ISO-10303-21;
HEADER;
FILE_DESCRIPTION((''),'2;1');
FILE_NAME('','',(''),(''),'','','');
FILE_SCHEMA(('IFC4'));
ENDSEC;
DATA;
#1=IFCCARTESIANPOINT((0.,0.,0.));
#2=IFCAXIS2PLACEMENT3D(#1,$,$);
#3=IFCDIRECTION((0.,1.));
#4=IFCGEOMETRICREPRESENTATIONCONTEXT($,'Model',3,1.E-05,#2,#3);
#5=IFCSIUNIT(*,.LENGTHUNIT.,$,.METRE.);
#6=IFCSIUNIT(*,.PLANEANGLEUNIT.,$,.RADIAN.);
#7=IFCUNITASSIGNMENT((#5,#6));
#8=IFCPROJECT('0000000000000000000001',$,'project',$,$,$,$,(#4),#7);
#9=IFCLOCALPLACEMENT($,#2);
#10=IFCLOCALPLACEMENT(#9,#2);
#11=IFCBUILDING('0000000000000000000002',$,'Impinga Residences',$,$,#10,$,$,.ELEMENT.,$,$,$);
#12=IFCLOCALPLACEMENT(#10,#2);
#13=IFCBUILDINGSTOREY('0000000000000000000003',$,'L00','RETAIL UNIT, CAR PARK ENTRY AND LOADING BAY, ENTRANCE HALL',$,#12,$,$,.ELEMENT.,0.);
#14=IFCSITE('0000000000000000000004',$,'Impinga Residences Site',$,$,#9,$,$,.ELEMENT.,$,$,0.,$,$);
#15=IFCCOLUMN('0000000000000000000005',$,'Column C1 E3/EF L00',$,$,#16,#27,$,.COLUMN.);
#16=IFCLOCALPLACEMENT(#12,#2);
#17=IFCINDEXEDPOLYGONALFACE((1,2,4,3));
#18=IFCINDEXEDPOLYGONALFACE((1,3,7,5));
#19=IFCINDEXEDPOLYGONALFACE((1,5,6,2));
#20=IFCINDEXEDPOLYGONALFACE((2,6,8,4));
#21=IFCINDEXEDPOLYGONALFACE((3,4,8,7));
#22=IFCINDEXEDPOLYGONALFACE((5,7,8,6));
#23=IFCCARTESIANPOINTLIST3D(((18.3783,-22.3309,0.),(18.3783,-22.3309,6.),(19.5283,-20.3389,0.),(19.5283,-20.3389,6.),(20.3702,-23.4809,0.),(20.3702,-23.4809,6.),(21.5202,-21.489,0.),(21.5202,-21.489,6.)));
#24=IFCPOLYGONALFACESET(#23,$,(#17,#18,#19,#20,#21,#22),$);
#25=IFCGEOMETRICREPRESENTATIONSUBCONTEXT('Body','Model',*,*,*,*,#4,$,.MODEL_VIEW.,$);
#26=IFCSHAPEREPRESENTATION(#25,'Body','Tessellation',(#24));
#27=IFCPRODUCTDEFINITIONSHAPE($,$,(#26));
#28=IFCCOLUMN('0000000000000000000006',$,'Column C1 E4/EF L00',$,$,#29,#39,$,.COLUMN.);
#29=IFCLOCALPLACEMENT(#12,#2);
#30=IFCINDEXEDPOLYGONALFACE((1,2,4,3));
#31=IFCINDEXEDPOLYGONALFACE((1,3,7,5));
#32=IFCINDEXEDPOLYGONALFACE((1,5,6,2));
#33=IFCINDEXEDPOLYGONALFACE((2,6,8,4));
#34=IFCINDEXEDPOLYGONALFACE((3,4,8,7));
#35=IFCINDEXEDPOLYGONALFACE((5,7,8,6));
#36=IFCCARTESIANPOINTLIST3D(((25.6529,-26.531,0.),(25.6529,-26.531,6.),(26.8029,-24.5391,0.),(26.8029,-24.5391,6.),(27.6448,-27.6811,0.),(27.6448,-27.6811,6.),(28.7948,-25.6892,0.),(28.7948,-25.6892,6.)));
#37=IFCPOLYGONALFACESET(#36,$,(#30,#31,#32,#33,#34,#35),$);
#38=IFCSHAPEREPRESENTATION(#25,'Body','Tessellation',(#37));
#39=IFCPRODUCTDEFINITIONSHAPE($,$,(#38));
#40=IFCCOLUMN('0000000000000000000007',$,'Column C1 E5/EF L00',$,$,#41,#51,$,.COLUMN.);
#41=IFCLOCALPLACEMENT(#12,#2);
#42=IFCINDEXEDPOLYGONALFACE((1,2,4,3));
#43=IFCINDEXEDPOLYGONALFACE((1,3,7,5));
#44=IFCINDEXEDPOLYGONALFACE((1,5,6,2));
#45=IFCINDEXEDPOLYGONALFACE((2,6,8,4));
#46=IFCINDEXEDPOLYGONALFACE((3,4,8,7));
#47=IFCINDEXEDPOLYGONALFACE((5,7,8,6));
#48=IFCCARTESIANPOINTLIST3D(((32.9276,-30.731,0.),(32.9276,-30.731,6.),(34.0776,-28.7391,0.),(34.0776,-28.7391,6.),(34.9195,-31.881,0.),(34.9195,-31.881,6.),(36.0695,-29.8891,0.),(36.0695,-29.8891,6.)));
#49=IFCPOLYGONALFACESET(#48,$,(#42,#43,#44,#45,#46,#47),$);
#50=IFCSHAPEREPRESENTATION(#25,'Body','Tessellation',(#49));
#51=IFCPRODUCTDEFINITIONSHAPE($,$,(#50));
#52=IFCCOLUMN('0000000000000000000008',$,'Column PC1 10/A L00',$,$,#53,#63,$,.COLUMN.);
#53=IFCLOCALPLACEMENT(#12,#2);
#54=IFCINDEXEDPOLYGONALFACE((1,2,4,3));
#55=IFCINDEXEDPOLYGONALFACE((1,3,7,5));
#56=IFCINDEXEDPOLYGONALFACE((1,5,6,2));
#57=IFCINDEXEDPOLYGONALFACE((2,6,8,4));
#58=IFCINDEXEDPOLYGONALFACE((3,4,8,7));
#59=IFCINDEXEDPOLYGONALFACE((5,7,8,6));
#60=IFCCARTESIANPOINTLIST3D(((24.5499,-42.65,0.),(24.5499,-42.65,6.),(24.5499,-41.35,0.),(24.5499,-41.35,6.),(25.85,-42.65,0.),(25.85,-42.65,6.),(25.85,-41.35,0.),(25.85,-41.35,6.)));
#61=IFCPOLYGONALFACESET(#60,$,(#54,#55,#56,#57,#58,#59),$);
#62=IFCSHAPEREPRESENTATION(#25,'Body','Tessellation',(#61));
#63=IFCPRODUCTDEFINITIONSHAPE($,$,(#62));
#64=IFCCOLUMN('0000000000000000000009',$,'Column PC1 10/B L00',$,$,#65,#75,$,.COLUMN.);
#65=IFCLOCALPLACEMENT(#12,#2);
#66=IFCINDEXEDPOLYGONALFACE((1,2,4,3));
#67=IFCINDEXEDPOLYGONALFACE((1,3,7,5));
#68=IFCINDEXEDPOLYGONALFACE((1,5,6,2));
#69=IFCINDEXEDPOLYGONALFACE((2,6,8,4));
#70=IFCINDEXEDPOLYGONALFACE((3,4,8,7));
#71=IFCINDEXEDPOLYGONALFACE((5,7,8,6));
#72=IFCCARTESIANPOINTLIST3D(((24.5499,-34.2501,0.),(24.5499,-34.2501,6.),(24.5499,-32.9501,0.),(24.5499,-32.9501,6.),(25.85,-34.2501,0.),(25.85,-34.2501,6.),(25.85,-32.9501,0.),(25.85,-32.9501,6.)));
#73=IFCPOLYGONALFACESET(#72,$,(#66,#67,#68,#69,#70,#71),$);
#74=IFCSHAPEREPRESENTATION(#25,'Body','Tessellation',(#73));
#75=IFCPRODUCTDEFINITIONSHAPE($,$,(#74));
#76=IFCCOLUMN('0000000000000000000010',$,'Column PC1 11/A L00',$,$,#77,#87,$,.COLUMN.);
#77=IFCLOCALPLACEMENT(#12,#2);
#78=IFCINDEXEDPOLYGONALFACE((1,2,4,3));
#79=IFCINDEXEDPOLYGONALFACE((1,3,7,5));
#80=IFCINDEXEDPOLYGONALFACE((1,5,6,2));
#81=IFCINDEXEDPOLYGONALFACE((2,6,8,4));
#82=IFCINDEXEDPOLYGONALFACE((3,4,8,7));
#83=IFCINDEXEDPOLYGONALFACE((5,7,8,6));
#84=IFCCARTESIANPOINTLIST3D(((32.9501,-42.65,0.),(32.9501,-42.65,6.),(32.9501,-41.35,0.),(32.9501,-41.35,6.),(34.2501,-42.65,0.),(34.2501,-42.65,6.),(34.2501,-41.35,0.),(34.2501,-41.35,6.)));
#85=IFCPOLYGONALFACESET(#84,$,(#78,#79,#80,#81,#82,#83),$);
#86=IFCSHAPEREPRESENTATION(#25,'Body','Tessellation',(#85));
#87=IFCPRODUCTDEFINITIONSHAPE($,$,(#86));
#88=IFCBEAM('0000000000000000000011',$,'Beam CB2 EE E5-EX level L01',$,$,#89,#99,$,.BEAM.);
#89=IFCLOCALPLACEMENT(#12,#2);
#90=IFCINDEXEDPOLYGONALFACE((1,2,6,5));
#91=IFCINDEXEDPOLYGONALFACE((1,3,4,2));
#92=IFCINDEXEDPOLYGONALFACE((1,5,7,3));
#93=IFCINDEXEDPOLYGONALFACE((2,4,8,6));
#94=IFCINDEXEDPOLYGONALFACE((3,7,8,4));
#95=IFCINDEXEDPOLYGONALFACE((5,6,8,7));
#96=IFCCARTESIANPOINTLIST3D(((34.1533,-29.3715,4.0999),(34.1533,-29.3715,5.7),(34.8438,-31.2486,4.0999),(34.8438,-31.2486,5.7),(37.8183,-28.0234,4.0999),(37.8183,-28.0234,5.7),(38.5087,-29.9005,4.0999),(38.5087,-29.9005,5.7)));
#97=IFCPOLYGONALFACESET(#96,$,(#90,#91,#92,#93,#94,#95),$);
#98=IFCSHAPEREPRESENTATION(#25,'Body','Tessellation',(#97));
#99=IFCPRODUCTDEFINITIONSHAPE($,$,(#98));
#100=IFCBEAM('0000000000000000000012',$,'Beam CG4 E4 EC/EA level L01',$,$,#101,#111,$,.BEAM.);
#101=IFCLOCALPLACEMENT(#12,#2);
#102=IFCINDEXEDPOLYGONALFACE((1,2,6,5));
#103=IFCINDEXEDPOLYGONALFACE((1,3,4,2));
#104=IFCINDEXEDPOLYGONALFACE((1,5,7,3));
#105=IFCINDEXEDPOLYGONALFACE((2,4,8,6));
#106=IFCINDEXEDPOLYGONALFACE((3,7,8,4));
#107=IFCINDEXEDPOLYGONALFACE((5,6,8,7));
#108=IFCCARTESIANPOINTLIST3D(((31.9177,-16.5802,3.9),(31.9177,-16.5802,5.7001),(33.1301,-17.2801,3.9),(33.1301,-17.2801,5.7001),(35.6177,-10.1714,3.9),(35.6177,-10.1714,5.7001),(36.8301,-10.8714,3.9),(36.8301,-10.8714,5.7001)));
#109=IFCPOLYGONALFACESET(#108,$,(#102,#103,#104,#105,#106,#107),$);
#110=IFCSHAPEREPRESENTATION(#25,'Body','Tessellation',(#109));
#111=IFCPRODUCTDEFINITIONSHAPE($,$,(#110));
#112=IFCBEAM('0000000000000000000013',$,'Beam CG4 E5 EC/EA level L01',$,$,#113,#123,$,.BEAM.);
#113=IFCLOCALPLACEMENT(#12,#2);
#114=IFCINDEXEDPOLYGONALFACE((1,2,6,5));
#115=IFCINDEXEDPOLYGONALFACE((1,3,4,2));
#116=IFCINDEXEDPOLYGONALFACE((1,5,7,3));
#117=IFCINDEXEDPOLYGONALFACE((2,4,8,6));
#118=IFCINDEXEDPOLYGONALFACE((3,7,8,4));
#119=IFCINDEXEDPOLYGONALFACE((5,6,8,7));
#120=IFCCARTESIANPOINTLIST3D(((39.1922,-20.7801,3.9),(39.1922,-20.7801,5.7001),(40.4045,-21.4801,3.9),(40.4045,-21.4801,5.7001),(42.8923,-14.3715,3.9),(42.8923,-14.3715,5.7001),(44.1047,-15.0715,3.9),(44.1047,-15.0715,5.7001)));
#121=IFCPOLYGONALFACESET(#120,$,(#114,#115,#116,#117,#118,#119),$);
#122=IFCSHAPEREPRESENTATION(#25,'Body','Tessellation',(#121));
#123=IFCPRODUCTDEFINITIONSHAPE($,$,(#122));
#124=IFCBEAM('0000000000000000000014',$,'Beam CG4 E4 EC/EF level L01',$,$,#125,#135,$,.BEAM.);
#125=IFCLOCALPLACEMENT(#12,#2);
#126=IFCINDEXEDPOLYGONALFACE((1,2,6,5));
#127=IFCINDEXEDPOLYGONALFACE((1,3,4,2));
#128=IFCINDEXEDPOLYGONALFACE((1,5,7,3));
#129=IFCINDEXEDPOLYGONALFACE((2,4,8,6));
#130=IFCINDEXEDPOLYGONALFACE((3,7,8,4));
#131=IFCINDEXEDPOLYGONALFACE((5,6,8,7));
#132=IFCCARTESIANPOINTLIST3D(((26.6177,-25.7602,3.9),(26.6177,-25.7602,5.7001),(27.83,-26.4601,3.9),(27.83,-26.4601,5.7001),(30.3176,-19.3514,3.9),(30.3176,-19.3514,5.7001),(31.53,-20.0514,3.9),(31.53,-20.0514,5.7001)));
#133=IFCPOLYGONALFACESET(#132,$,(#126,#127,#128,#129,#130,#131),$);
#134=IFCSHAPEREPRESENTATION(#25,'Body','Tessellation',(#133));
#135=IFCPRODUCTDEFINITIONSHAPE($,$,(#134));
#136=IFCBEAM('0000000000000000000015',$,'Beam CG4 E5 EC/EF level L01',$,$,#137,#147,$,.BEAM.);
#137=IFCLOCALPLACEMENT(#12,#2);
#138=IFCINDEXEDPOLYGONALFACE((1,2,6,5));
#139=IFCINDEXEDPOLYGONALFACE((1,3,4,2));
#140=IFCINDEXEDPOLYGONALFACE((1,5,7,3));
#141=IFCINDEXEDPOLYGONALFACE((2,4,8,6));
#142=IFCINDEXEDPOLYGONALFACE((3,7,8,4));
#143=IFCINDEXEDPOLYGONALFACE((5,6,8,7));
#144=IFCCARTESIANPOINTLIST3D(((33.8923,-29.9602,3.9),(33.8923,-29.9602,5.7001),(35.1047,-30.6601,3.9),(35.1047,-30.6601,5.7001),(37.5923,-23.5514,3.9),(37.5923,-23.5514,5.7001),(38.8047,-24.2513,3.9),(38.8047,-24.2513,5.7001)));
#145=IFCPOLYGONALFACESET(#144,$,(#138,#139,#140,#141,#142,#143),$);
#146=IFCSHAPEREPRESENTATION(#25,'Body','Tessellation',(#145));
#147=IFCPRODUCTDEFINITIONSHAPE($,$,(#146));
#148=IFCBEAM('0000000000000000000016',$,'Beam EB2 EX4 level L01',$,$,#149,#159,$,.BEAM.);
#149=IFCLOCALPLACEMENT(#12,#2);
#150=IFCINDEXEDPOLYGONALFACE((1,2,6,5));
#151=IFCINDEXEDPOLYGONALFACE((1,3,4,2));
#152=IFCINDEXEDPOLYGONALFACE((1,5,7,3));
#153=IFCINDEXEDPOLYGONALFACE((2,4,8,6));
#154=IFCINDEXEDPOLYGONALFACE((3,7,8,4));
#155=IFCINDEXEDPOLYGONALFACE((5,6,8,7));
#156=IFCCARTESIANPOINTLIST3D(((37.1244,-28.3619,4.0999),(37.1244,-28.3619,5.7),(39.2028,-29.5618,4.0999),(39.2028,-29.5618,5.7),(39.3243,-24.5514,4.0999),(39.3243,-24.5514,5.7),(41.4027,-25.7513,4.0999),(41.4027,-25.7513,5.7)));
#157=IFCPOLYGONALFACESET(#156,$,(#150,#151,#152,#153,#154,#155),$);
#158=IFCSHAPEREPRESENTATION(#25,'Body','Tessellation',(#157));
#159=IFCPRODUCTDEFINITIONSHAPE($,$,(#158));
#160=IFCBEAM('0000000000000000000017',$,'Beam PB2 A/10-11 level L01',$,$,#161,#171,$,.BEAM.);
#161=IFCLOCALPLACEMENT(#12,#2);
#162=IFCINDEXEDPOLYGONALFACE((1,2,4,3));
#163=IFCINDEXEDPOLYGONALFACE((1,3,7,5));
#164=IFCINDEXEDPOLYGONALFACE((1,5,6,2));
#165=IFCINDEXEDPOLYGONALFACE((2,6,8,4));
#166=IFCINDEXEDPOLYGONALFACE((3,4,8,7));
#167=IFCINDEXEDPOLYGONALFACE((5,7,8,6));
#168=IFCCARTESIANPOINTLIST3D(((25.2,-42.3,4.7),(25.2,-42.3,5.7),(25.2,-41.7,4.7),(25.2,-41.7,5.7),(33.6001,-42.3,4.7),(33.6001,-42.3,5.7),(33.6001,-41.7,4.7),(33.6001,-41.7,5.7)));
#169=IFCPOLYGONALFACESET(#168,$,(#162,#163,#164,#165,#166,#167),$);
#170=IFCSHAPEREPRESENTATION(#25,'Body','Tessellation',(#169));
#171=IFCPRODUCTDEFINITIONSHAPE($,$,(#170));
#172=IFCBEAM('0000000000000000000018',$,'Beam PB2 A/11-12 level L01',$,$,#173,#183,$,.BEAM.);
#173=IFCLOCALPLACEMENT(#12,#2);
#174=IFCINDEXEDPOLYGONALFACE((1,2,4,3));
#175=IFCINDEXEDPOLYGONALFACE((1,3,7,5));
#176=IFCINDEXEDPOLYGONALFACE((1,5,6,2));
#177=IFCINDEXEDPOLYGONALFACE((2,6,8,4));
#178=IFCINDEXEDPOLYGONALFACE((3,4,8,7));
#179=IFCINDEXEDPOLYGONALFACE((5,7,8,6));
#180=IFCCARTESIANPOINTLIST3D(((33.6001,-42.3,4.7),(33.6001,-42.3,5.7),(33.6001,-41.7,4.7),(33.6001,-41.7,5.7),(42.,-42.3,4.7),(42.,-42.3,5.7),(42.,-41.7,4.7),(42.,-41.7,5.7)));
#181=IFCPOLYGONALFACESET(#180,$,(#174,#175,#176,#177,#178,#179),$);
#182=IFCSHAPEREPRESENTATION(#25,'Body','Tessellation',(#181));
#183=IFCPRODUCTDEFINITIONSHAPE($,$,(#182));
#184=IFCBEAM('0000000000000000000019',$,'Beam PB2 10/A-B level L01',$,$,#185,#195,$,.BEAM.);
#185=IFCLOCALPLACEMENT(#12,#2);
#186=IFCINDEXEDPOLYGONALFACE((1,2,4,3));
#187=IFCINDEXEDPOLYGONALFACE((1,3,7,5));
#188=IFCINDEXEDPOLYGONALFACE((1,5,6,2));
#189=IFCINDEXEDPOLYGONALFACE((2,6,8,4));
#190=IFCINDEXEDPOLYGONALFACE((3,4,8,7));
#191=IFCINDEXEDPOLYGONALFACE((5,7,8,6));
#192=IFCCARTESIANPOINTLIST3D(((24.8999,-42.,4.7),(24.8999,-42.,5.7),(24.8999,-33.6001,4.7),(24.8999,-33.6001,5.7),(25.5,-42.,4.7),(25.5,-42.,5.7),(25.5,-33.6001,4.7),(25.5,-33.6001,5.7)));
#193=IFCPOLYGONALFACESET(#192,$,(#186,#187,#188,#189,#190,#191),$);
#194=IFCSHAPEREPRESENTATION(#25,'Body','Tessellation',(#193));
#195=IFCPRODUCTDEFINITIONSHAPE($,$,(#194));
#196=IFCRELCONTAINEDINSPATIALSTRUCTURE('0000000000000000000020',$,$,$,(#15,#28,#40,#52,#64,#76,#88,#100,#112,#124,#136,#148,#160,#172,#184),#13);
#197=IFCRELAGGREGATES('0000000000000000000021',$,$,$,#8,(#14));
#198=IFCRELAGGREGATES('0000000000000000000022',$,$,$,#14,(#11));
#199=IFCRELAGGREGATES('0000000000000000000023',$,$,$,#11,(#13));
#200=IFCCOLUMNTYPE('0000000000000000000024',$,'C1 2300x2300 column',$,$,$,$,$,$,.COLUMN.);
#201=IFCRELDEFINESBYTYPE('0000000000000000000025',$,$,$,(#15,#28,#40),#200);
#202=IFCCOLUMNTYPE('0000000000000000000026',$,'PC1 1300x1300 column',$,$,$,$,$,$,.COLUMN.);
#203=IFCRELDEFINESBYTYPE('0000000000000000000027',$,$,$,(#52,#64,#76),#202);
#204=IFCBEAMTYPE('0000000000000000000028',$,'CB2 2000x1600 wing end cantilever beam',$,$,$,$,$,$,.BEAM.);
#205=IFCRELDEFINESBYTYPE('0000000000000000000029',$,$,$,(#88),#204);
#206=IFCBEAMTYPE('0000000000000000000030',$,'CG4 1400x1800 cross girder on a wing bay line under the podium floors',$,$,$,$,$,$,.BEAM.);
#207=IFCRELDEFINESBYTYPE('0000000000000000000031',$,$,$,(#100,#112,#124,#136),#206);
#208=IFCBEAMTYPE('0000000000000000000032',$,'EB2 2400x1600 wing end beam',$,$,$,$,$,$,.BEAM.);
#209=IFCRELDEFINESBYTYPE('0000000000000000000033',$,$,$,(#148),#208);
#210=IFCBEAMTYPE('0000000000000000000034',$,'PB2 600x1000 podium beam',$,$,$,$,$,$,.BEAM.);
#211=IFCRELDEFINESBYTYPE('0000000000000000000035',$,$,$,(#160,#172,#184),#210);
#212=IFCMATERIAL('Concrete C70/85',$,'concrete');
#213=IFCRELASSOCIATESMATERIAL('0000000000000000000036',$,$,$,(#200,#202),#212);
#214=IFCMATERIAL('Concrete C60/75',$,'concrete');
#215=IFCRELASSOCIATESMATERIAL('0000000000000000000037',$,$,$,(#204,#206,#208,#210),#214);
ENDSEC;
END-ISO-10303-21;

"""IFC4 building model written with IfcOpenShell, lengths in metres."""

from ifc_helpers import new_model, si_unit, direction, frame, origin, origin_2d, place, context, subcontext, project, spatial, rectangle, extrude, material, material_profile, profile_set, type_object, element, save


model = new_model("IFC4")

# Units and contexts
model_context = context("Model", 3, precision=1e-05, world=origin(), true_north=direction((0.0, 1.0)))
body_context = subcontext(model_context, "Body", "Model", "MODEL_VIEW")
ifc_project = project(units=[si_unit("LENGTHUNIT", "METRE"), si_unit("PLANEANGLEUNIT", "RADIAN")], contexts=[model_context])

# Site, building, storey
site_placement = place(None, origin())
site = spatial("IfcSite", under=ifc_project, at=site_placement, Name="Impinga Residences Site", CompositionType="ELEMENT", RefElevation=0.0)
building_placement = place(site_placement, origin())
building = spatial("IfcBuilding", under=site, at=building_placement, Name="Impinga Residences", CompositionType="ELEMENT")
storey_placement = place(building_placement, origin())
storey = spatial("IfcBuildingStorey", under=building, at=storey_placement, Name="L00", Description="RETAIL UNIT, CAR PARK ENTRY AND LOADING BAY, ENTRANCE HALL", CompositionType="ELEMENT", Elevation=0.0)

# Columns
ifc_material_1 = material(Name="Concrete C70/85", Category="concrete")
ifc_material_profile_1 = material_profile(ifc_material_1, rectangle(XDim=2.3, YDim=2.3, at=origin_2d()), Name="RC 2300x2300")
ifc_profile_set_1 = profile_set([ifc_material_profile_1], Name="Concrete C70/85")
column_type_1 = type_object("IfcColumnType", Name="C1 2300x2300 column", PredefinedType="COLUMN", material=ifc_profile_set_1)
for number, where, z_axis, x_axis, name in (
    (1, (19.9492, -21.9099, 0.0), (0.0, 0.0, 1.0), (-0.5, -0.866025, 0.0), "Column C1 E3/EF L00"),
    (2, (27.2239, -26.1101, 0.0), (0.0, 0.0, 1.0), (-0.5, -0.866025, 0.0), "Column C1 E4/EF L00"),
    (3, (34.4985, -30.3101, 0.0), (0.0, 0.0, 1.0), (-0.5, -0.866025, 0.0), "Column C1 E5/EF L00"),
):
    element("IfcColumn", number, at=place(storey_placement, frame(where, z_axis=z_axis, x_axis=x_axis)), inside=storey, type_object=column_type_1, Name=name, PredefinedType="COLUMN", context=body_context, shape_type="SweptSolid", body=[
        extrude(rectangle(XDim=2.3, YDim=2.3, at=origin_2d()), origin(), (0.0, 0.0, 1.0), 6.0),
    ])
ifc_material_profile_2 = material_profile(ifc_material_1, rectangle(XDim=1.3, YDim=1.3, at=origin_2d()), Name="RC 1300x1300")
ifc_profile_set_2 = profile_set([ifc_material_profile_2], Name="Concrete C70/85")
column_type_2 = type_object("IfcColumnType", Name="PC1 1300x1300 column", PredefinedType="COLUMN", material=ifc_profile_set_2)
for number, where, z_axis, x_axis, name in (
    (4, (25.2, -42.0, 0.0), (0.0, 0.0, 1.0), (1.0, 0.0, 0.0), "Column PC1 10/A L00"),
    (5, (25.2, -33.6001, 0.0), (0.0, 0.0, 1.0), (1.0, 0.0, 0.0), "Column PC1 10/B L00"),
    (6, (33.6001, -42.0, 0.0), (0.0, 0.0, 1.0), (1.0, 0.0, 0.0), "Column PC1 11/A L00"),
):
    element("IfcColumn", number, at=place(storey_placement, frame(where, z_axis=z_axis, x_axis=x_axis)), inside=storey, type_object=column_type_2, Name=name, PredefinedType="COLUMN", context=body_context, shape_type="SweptSolid", body=[
        extrude(rectangle(XDim=1.3, YDim=1.3, at=origin_2d()), origin(), (0.0, 0.0, 1.0), 6.0),
    ])

# Beams
ifc_material_2 = material(Name="Concrete C60/75", Category="concrete")
ifc_material_profile_3 = material_profile(ifc_material_2, rectangle(XDim=2.0, YDim=1.6001, at=origin_2d()), Name="RC 2000x1600")
ifc_profile_set_3 = profile_set([ifc_material_profile_3], Name="Concrete C60/75")
beam_type_1 = type_object("IfcBeamType", Name="CB2 2000x1600 wing end cantilever beam", PredefinedType="BEAM", material=ifc_profile_set_3)
beam_1_placement = place(storey_placement, frame((34.4985, -30.3101, 4.8999), z_axis=(0.93852, 0.345224, 0.0), x_axis=(-0.345224, 0.93852, 0.0)))
element("IfcBeam", 7, at=beam_1_placement, inside=storey, type_object=beam_type_1, Name="Beam CB2 EE E5-EX level L01", PredefinedType="BEAM", context=body_context, shape_type="SweptSolid", body=[
    extrude(rectangle(XDim=2.0, YDim=1.6001, at=origin_2d()), origin(), (0.0, 0.0, 1.0), 3.905),
])
ifc_material_profile_4 = material_profile(ifc_material_2, rectangle(XDim=1.3999, YDim=1.8, at=origin_2d()), Name="RC 1400x1800")
ifc_profile_set_4 = profile_set([ifc_material_profile_4], Name="Concrete C60/75")
beam_type_2 = type_object("IfcBeamType", Name="CG4 1400x1800 cross girder on a wing bay line under the podium floors", PredefinedType="BEAM", material=ifc_profile_set_4)
for number, where, z_axis, x_axis, name in (
    (8, (32.5239, -16.9302, 4.8), (0.499989, 0.866032, 0.0), (-0.866032, 0.499989, 0.0), "Beam CG4 E4 EC/EA level L01"),
    (9, (39.7983, -21.1301, 4.8), (0.500014, 0.866017, 0.0), (-0.866017, 0.500014, 0.0), "Beam CG4 E5 EC/EA level L01"),
    (10, (30.9238, -19.7014, 4.8), (-0.499989, -0.866032, 0.0), (0.866032, -0.499989, 0.0), "Beam CG4 E4 EC/EF level L01"),
    (11, (38.1985, -23.9014, 4.8), (-0.499989, -0.866032, 0.0), (0.866032, -0.499989, 0.0), "Beam CG4 E5 EC/EF level L01"),
):
    element("IfcBeam", number, at=place(storey_placement, frame(where, z_axis=z_axis, x_axis=x_axis)), inside=storey, type_object=beam_type_2, Name=name, PredefinedType="BEAM", context=body_context, shape_type="SweptSolid", body=[
        extrude(rectangle(XDim=1.3999, YDim=1.8, at=origin_2d()), origin(), (0.0, 0.0, 1.0), 7.4001),
    ])
ifc_material_profile_5 = material_profile(ifc_material_2, rectangle(XDim=2.3999, YDim=1.6001, at=origin_2d()), Name="RC 2400x1600")
ifc_profile_set_5 = profile_set([ifc_material_profile_5], Name="Concrete C60/75")
beam_type_3 = type_object("IfcBeamType", Name="EB2 2400x1600 wing end beam", PredefinedType="BEAM", material=ifc_profile_set_5)
beam_2_placement = place(storey_placement, frame((40.3635, -25.1514, 4.8999), z_axis=(-0.499988, -0.866032, 0.0), x_axis=(0.866032, -0.499988, 0.0)))
element("IfcBeam", 12, at=beam_2_placement, inside=storey, type_object=beam_type_3, Name="Beam EB2 EX4 level L01", PredefinedType="BEAM", context=body_context, shape_type="SweptSolid", body=[
    extrude(rectangle(XDim=2.3999, YDim=1.6001, at=origin_2d()), origin(), (0.0, 0.0, 1.0), 4.3999),
])
ifc_material_profile_6 = material_profile(ifc_material_2, rectangle(XDim=0.6001, YDim=1.0, at=origin_2d()), Name="RC 600x1000")
ifc_profile_set_6 = profile_set([ifc_material_profile_6], Name="Concrete C60/75")
beam_type_4 = type_object("IfcBeamType", Name="PB2 600x1000 podium beam", PredefinedType="BEAM", material=ifc_profile_set_6)
beam_3_placement = place(storey_placement, frame((25.2, -42.0, 5.2), z_axis=(1.0, 0.0, 0.0), x_axis=(0.0, 1.0, 0.0)))
element("IfcBeam", 13, at=beam_3_placement, inside=storey, type_object=beam_type_4, Name="Beam PB2 A/10-11 level L01", PredefinedType="BEAM", context=body_context, shape_type="SweptSolid", body=[
    extrude(rectangle(XDim=0.6001, YDim=1.0, at=origin_2d()), origin(), (0.0, 0.0, 1.0), 8.4001),
])
for number, where, z_axis, x_axis, name in (
    (14, (33.6001, -42.0, 5.2), (1.0, 0.0, 0.0), (0.0, 1.0, 0.0), "Beam PB2 A/11-12 level L01"),
    (15, (25.2, -42.0, 5.2), (0.0, 1.0, 0.0), (-1.0, 0.0, 0.0), "Beam PB2 10/A-B level L01"),
):
    element("IfcBeam", number, at=place(storey_placement, frame(where, z_axis=z_axis, x_axis=x_axis)), inside=storey, type_object=beam_type_4, Name=name, PredefinedType="BEAM", context=body_context, shape_type="SweptSolid", body=[
        extrude(rectangle(XDim=0.6001, YDim=1.0, at=origin_2d()), origin(), (0.0, 0.0, 1.0), 8.3999),
    ])

save(model, "model.ifc")
